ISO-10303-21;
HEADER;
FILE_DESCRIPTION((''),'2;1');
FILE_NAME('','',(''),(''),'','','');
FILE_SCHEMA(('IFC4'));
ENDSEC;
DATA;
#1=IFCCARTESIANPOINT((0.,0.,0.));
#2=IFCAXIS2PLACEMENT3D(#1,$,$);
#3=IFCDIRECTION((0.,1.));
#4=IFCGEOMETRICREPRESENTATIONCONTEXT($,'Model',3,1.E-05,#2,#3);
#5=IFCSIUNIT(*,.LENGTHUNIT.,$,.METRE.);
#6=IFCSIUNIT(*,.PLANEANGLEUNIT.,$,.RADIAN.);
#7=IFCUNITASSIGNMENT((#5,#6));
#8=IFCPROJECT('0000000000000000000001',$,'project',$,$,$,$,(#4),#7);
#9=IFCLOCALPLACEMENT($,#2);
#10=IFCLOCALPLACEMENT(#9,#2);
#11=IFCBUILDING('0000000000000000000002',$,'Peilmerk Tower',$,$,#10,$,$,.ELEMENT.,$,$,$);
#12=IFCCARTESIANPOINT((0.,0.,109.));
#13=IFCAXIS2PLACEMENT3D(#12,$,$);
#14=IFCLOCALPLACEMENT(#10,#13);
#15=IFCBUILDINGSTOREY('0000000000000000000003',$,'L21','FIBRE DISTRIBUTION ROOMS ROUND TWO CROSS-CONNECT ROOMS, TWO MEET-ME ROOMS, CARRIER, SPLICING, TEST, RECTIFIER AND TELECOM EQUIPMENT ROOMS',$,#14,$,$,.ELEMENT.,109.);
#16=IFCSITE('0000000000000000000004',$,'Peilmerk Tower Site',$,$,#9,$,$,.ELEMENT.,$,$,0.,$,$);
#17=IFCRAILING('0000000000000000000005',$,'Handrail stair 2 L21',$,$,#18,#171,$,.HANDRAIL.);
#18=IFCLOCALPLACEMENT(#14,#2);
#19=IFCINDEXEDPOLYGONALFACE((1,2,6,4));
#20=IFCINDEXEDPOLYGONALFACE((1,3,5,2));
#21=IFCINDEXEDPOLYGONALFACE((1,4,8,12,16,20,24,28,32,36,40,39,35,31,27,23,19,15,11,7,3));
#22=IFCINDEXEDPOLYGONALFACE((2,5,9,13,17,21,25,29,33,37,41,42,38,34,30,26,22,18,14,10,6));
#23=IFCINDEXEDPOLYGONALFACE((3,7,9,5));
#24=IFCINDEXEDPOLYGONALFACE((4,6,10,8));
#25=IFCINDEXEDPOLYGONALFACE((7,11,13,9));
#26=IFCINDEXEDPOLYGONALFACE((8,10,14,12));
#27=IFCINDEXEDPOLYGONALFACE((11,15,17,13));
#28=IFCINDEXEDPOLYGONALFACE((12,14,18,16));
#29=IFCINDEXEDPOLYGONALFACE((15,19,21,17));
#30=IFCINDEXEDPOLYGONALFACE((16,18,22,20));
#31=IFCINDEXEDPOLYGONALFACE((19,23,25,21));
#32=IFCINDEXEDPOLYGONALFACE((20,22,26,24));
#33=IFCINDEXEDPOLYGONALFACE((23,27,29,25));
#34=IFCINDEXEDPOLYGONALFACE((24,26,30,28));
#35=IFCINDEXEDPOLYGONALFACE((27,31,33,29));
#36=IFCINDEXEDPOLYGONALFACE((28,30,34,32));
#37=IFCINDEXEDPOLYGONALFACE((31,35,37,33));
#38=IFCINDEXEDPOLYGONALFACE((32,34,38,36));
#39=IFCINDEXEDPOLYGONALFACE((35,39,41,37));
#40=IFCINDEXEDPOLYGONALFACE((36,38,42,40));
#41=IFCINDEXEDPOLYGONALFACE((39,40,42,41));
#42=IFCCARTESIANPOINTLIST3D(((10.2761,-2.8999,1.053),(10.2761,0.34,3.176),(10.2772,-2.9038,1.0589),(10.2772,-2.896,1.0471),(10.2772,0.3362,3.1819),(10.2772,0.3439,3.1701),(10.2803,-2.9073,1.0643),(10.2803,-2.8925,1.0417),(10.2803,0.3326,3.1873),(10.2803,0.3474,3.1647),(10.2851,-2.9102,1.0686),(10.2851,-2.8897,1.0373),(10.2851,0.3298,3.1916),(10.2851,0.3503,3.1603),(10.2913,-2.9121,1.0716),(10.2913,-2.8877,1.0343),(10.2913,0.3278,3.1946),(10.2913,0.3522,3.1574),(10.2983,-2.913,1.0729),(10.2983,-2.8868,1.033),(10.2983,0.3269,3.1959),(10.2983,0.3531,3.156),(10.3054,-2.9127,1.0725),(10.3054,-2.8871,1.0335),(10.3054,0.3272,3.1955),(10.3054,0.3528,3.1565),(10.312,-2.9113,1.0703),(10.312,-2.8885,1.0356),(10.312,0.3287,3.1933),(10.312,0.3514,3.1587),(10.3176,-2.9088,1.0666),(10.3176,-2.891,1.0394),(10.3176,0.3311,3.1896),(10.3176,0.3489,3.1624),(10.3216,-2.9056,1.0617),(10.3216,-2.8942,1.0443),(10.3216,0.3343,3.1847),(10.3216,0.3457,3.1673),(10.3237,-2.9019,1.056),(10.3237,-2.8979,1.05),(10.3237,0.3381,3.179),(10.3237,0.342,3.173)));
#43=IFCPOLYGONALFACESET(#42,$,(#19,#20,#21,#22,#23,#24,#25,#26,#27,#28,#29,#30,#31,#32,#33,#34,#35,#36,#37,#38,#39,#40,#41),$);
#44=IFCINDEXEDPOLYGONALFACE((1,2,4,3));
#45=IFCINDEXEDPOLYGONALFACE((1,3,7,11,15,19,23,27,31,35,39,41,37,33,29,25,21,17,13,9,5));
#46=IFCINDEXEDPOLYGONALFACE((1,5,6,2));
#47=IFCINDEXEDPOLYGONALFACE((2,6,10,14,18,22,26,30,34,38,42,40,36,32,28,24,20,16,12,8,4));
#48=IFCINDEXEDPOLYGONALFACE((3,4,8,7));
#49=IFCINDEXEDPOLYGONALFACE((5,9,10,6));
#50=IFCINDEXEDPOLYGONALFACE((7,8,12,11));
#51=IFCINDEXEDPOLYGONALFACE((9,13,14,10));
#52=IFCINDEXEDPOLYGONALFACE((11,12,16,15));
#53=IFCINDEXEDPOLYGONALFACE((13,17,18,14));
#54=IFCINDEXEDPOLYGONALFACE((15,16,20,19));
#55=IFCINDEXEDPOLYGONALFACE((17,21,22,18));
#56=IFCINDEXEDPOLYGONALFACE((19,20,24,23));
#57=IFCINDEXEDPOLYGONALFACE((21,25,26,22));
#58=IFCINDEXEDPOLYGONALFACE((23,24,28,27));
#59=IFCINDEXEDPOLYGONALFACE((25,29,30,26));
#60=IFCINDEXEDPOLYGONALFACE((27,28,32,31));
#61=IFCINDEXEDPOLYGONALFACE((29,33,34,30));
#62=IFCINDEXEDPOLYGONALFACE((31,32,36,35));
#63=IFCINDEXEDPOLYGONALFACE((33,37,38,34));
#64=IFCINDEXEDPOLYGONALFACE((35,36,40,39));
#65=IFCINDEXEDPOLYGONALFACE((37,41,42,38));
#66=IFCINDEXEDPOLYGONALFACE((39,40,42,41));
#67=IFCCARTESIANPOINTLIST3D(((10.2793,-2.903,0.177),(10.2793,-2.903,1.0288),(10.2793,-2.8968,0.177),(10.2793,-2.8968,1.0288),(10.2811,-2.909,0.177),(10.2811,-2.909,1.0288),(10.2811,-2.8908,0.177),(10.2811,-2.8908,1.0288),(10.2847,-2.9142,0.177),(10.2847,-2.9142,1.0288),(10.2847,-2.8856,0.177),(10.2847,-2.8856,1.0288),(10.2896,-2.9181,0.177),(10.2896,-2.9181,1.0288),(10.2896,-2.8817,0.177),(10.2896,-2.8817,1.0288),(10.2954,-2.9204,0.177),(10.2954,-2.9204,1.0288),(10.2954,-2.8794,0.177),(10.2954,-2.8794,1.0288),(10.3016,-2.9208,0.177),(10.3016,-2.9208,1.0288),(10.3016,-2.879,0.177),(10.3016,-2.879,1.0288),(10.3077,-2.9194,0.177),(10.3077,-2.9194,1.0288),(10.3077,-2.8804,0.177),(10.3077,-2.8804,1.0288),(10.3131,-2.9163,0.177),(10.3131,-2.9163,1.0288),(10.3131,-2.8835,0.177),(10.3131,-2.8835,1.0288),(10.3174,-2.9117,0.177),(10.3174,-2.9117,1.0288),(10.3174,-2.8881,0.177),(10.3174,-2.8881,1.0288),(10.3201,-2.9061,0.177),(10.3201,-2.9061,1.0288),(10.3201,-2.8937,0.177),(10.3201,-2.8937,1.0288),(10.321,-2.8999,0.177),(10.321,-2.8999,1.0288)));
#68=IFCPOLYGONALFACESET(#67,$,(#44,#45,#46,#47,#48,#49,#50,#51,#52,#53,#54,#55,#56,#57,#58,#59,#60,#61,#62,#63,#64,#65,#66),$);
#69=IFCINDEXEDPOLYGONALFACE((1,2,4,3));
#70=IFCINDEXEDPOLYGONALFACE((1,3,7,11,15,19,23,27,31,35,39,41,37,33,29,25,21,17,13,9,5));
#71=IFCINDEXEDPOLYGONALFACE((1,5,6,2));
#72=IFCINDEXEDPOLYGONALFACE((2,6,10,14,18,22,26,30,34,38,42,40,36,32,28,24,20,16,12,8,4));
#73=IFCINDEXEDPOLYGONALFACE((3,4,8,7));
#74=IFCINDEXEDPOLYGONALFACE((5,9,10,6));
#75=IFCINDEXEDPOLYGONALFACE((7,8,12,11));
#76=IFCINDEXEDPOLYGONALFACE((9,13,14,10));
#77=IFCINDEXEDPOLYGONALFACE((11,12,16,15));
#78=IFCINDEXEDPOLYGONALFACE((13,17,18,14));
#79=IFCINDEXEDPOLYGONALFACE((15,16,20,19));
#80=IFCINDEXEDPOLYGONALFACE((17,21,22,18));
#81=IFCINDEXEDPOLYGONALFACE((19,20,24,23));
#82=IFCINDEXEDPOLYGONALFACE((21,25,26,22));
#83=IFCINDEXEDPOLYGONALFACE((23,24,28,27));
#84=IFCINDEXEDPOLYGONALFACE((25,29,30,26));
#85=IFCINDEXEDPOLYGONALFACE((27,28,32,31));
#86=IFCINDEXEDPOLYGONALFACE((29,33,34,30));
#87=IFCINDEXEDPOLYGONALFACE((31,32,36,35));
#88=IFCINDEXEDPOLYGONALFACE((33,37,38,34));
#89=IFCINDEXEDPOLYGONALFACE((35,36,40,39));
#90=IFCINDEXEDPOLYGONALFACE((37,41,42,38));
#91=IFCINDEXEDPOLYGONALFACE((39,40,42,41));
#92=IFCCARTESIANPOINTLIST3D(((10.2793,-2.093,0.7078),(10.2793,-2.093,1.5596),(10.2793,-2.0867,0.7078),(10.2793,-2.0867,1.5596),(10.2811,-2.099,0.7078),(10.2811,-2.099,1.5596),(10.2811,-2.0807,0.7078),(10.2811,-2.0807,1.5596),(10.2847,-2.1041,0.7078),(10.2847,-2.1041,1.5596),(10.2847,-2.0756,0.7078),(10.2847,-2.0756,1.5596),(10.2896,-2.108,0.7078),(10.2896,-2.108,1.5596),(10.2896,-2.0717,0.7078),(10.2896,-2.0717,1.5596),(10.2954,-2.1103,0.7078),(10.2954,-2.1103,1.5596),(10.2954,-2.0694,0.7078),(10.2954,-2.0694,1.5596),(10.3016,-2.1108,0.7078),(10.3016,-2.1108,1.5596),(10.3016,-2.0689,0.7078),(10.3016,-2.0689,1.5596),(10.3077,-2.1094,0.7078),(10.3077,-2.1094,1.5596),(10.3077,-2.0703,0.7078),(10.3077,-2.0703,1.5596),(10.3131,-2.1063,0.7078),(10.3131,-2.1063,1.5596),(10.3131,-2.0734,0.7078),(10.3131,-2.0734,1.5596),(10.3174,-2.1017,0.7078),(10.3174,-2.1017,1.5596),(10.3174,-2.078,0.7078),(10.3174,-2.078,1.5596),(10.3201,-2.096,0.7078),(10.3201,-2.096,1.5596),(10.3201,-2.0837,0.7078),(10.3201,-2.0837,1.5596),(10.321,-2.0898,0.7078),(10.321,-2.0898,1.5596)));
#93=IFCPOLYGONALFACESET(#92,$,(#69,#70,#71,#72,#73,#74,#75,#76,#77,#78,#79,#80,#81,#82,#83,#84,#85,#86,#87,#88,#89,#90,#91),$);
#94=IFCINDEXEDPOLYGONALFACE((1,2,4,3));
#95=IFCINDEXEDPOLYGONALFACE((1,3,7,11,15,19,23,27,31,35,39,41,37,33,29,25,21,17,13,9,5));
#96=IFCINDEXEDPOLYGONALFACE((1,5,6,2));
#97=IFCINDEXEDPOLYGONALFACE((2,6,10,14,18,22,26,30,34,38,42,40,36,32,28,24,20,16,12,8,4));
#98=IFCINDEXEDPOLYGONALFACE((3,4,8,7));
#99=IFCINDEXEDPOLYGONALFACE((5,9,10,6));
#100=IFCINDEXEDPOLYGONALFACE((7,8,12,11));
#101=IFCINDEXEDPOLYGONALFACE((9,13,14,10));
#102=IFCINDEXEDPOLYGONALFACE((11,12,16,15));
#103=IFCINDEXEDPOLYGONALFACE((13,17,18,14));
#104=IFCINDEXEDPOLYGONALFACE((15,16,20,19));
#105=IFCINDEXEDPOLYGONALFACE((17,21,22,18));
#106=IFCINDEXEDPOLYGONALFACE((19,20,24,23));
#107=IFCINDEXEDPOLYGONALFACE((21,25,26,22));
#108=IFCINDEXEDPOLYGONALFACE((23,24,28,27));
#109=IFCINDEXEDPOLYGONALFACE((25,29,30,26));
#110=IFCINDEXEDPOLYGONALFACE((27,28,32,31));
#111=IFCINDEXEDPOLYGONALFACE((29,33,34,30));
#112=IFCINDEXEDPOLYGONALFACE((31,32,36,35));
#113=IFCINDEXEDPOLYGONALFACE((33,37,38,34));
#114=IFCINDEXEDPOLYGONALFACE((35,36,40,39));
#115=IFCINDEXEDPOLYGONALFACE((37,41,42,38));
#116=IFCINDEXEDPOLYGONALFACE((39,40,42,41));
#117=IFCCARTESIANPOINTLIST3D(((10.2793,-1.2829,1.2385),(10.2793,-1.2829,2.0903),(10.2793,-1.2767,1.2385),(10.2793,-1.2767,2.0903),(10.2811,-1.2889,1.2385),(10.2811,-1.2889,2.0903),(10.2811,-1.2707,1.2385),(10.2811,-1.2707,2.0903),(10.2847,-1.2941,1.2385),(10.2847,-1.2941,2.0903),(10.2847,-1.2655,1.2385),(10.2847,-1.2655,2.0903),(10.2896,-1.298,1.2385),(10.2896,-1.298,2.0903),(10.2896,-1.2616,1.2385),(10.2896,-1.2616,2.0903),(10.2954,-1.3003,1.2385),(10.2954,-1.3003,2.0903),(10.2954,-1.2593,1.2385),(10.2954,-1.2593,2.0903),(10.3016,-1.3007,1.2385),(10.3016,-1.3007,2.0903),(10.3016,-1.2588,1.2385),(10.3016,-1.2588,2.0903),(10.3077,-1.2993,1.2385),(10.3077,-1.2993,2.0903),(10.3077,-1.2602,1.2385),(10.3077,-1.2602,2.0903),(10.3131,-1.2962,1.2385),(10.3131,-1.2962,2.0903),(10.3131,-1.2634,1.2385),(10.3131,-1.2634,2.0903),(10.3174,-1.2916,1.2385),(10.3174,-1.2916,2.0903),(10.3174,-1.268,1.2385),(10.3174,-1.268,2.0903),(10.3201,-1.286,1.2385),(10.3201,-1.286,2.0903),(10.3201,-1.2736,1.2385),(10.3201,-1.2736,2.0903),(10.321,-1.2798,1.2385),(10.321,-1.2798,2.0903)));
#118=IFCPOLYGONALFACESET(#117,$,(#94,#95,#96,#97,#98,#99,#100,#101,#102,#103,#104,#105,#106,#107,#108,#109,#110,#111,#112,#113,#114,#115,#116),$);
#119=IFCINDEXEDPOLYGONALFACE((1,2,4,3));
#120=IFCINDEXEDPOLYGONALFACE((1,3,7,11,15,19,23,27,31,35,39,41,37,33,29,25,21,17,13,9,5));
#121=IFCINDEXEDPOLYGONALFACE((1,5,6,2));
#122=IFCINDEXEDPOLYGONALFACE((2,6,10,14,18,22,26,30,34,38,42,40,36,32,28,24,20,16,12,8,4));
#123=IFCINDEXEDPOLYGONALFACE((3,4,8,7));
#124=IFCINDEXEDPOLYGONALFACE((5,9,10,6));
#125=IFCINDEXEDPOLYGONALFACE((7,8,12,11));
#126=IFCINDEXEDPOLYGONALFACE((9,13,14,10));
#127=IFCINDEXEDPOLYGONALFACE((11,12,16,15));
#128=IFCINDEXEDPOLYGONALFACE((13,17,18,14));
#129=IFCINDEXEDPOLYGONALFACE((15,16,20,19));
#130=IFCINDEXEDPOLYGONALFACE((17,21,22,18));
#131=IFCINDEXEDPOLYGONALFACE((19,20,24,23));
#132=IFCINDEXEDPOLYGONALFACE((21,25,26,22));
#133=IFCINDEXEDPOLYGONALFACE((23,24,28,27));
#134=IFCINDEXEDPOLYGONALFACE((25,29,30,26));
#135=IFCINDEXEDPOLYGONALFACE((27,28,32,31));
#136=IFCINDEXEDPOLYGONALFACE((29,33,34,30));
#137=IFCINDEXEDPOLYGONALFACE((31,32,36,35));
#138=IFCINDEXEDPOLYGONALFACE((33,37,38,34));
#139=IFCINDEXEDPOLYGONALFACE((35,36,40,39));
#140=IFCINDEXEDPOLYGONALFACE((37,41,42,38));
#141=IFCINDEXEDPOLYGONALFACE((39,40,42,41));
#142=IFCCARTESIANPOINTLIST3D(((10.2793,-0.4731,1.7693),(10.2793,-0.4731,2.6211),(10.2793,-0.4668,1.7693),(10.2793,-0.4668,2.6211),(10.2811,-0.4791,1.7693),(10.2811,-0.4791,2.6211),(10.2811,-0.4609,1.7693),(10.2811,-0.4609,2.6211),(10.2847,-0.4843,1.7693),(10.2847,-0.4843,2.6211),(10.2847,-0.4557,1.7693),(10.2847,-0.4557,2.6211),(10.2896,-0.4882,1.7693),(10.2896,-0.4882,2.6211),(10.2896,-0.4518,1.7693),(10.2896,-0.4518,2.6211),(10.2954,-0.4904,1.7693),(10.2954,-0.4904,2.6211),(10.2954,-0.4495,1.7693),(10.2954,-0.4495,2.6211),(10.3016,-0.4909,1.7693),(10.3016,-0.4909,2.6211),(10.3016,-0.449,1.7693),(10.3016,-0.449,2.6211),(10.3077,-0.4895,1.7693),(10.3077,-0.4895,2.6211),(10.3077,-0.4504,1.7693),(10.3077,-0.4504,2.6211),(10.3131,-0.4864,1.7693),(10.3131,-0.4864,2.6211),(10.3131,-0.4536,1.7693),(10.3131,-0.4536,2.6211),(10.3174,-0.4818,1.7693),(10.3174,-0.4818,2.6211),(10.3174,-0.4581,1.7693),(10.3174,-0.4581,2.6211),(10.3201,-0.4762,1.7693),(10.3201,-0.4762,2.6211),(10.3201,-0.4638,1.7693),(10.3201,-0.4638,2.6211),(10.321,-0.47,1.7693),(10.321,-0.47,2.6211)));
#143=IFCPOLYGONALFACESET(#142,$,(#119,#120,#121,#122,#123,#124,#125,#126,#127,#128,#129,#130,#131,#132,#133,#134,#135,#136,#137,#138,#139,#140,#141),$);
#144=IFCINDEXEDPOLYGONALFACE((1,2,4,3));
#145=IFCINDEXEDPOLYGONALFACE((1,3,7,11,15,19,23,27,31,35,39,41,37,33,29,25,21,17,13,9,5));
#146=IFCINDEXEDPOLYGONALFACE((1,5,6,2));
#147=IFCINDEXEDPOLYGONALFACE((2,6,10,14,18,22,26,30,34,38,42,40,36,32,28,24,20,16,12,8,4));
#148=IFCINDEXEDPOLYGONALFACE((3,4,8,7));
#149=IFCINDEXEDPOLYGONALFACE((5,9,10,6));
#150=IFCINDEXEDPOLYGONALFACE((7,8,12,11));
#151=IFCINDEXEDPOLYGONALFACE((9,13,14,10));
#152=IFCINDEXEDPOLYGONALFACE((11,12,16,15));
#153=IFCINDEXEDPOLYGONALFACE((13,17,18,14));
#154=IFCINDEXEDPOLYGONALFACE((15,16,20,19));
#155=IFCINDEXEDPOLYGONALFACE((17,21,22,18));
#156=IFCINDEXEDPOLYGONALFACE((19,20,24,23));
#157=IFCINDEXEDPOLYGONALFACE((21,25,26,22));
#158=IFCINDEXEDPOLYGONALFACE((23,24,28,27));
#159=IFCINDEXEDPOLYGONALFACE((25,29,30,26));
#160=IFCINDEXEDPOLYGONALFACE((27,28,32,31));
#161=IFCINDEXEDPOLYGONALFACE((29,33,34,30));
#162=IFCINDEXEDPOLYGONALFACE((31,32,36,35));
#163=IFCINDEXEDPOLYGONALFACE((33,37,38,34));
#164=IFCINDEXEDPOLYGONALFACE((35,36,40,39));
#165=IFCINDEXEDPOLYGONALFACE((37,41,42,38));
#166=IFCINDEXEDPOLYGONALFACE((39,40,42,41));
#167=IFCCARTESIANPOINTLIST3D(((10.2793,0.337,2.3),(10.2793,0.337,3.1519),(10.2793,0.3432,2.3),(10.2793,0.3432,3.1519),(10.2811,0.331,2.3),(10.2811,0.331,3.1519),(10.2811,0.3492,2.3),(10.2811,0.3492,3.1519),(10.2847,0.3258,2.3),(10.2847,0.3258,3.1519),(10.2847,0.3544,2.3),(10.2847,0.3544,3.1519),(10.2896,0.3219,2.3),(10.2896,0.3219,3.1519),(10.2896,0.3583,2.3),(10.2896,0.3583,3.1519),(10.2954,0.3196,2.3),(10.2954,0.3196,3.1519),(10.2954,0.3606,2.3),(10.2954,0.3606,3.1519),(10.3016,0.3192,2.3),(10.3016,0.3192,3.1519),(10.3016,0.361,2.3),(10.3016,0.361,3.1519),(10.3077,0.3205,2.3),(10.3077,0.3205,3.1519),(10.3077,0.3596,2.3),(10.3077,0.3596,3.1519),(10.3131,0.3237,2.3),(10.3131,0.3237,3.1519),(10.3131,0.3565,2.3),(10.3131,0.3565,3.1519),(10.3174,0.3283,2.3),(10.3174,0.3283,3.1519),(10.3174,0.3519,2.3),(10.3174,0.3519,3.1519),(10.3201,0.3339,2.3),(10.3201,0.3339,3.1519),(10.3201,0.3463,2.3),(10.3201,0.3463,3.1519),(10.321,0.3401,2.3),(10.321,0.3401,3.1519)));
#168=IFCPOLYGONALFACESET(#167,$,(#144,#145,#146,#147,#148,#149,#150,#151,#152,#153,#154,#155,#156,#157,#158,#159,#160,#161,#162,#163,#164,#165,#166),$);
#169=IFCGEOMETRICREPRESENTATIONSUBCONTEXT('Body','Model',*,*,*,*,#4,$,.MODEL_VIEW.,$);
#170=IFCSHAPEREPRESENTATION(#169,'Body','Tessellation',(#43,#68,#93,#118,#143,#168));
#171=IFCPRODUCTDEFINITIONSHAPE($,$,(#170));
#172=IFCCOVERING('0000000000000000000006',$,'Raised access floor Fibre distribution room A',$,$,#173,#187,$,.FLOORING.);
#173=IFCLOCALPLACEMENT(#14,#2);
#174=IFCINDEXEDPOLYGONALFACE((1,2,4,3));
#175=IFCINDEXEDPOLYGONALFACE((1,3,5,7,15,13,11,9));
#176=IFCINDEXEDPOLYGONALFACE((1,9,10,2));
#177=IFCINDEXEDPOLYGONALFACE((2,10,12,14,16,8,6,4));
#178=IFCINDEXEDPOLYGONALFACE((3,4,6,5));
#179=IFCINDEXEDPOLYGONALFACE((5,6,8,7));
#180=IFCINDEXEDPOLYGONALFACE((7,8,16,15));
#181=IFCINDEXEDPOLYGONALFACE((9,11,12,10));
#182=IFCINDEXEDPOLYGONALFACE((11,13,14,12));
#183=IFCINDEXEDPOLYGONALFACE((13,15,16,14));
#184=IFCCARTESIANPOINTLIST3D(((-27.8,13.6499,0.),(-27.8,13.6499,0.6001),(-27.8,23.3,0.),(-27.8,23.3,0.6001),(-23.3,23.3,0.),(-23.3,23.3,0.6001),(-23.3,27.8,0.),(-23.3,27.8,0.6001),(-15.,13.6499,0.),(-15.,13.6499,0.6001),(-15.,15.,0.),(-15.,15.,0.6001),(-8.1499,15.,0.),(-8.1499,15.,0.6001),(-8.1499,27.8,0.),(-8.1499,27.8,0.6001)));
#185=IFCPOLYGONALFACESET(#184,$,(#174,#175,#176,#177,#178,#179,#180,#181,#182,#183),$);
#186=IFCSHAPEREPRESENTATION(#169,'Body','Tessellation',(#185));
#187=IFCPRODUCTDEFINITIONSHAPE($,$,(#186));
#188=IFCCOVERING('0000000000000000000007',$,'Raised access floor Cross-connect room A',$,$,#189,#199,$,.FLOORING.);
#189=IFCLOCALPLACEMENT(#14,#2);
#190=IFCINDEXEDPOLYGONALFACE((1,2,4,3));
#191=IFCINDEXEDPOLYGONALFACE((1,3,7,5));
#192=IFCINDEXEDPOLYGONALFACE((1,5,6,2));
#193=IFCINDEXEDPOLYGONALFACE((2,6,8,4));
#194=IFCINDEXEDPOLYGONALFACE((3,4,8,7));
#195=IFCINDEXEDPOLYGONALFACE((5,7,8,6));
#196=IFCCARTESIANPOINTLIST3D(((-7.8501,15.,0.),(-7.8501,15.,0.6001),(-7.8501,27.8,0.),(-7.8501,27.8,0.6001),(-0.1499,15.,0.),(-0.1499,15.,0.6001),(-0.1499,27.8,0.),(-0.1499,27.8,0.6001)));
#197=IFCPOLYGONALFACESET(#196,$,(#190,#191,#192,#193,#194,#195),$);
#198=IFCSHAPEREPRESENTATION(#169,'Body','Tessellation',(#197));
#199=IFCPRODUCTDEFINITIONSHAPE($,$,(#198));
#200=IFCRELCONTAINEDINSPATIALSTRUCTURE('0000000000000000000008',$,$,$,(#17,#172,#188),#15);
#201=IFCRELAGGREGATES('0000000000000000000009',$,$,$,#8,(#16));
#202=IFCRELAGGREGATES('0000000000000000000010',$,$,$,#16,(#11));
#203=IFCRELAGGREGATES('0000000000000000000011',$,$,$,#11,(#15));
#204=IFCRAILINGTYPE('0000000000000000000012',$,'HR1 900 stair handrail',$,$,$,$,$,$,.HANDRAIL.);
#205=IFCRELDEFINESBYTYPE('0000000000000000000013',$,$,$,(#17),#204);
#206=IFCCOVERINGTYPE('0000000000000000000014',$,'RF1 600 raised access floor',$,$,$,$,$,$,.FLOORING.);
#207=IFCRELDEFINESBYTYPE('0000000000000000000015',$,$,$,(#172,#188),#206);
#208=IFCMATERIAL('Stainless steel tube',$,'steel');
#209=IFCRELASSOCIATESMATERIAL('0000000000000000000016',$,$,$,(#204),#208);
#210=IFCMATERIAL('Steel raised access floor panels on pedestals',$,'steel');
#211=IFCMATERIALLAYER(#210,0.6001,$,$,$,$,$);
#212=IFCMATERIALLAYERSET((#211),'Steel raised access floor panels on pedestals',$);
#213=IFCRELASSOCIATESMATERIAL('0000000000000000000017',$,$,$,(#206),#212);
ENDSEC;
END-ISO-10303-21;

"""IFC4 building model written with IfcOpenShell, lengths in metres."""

from ifc_helpers import new_model, si_unit, direction, frame, origin, origin_2d, place, context, subcontext, project, spatial, polyline, circle, outline, extrude, material, layer, layer_set, type_object, element, save


model = new_model("IFC4")

# Units and contexts
model_context = context("Model", 3, precision=1e-05, world=origin(), true_north=direction((0.0, 1.0)))
body_context = subcontext(model_context, "Body", "Model", "MODEL_VIEW")
ifc_project = project(units=[si_unit("LENGTHUNIT", "METRE"), si_unit("PLANEANGLEUNIT", "RADIAN")], contexts=[model_context])

# Site, building, storey
site_placement = place(None, origin())
site = spatial("IfcSite", under=ifc_project, at=site_placement, Name="Peilmerk Tower Site", CompositionType="ELEMENT", RefElevation=0.0)
building_placement = place(site_placement, origin())
building = spatial("IfcBuilding", under=site, at=building_placement, Name="Peilmerk Tower", CompositionType="ELEMENT")
storey_placement = place(building_placement, frame((0.0, 0.0, 109.0)))
storey = spatial("IfcBuildingStorey", under=building, at=storey_placement, Name="L21", Description="FIBRE DISTRIBUTION ROOMS ROUND TWO CROSS-CONNECT ROOMS, TWO MEET-ME ROOMS, CARRIER, SPLICING, TEST, RECTIFIER AND TELECOM EQUIPMENT ROOMS", CompositionType="ELEMENT", Elevation=109.0)

# Railing
ifc_material_1 = material(Name="Stainless steel tube", Category="steel")
railing_type_1 = type_object("IfcRailingType", Name="HR1 900 stair handrail", PredefinedType="HANDRAIL", material=ifc_material_1)
railing_1_placement = place(storey_placement, frame((10.3, -2.8999, 0.177)))
element("IfcRailing", 1, at=railing_1_placement, inside=storey, type_object=railing_type_1, Name="Handrail stair 2 L21", PredefinedType="HANDRAIL", context=body_context, shape_type="SweptSolid", body=[
    extrude(circle(Radius=0.0239, at=origin_2d()), frame((0.0, 0.0, 0.876), z_axis=(0.0, 0.836426, 0.548079), x_axis=(-1.0, 0.0, 0.0)), (0.0, 0.0, 1.0), 3.8735),
    extrude(circle(Radius=0.021, at=origin_2d()), origin(), (0.0, 0.0, 1.0), 0.8518),
    extrude(circle(Radius=0.021, at=origin_2d()), frame((0.0, 0.8101, 0.5308)), (0.0, 0.0, 1.0), 0.8518),
    extrude(circle(Radius=0.021, at=origin_2d()), frame((0.0, 1.6201, 1.0615)), (0.0, 0.0, 1.0), 0.8518),
    extrude(circle(Radius=0.021, at=origin_2d()), frame((0.0, 2.4299, 1.5923)), (0.0, 0.0, 1.0), 0.8518),
    extrude(circle(Radius=0.021, at=origin_2d()), frame((0.0, 3.24, 2.123)), (0.0, 0.0, 1.0), 0.8518),
])

# Coverings
ifc_material_2 = material(Name="Steel raised access floor panels on pedestals", Category="steel")
ifc_layer_1 = layer(ifc_material_2, 0.6001)
ifc_layer_set_1 = layer_set([ifc_layer_1], Name="Steel raised access floor panels on pedestals")
covering_type = type_object("IfcCoveringType", Name="RF1 600 raised access floor", PredefinedType="FLOORING", material=ifc_layer_set_1)
covering_1_placement = place(storey_placement, origin())
element("IfcCovering", 2, at=covering_1_placement, inside=storey, type_object=covering_type, Name="Raised access floor Fibre distribution room A", PredefinedType="FLOORING", context=body_context, shape_type="SweptSolid", body=[
    extrude(outline(polyline([(-27.8, 23.3), (-27.8, 13.6499), (-15.0, 13.6499), (-15.0, 15.0), (-8.1499, 15.0), (-8.1499, 27.8), (-23.3, 27.8), (-23.3, 23.3), (-27.8, 23.3)])), origin(), (0.0, 0.0, 1.0), 0.6001),
])
covering_2_placement = place(storey_placement, origin())
element("IfcCovering", 3, at=covering_2_placement, inside=storey, type_object=covering_type, Name="Raised access floor Cross-connect room A", PredefinedType="FLOORING", context=body_context, shape_type="SweptSolid", body=[
    extrude(outline(polyline([(-0.1499, 27.8), (-7.8501, 27.8), (-7.8501, 15.0), (-0.1499, 15.0), (-0.1499, 27.8)])), origin(), (0.0, 0.0, 1.0), 0.6001),
])

save(model, "model.ifc")
